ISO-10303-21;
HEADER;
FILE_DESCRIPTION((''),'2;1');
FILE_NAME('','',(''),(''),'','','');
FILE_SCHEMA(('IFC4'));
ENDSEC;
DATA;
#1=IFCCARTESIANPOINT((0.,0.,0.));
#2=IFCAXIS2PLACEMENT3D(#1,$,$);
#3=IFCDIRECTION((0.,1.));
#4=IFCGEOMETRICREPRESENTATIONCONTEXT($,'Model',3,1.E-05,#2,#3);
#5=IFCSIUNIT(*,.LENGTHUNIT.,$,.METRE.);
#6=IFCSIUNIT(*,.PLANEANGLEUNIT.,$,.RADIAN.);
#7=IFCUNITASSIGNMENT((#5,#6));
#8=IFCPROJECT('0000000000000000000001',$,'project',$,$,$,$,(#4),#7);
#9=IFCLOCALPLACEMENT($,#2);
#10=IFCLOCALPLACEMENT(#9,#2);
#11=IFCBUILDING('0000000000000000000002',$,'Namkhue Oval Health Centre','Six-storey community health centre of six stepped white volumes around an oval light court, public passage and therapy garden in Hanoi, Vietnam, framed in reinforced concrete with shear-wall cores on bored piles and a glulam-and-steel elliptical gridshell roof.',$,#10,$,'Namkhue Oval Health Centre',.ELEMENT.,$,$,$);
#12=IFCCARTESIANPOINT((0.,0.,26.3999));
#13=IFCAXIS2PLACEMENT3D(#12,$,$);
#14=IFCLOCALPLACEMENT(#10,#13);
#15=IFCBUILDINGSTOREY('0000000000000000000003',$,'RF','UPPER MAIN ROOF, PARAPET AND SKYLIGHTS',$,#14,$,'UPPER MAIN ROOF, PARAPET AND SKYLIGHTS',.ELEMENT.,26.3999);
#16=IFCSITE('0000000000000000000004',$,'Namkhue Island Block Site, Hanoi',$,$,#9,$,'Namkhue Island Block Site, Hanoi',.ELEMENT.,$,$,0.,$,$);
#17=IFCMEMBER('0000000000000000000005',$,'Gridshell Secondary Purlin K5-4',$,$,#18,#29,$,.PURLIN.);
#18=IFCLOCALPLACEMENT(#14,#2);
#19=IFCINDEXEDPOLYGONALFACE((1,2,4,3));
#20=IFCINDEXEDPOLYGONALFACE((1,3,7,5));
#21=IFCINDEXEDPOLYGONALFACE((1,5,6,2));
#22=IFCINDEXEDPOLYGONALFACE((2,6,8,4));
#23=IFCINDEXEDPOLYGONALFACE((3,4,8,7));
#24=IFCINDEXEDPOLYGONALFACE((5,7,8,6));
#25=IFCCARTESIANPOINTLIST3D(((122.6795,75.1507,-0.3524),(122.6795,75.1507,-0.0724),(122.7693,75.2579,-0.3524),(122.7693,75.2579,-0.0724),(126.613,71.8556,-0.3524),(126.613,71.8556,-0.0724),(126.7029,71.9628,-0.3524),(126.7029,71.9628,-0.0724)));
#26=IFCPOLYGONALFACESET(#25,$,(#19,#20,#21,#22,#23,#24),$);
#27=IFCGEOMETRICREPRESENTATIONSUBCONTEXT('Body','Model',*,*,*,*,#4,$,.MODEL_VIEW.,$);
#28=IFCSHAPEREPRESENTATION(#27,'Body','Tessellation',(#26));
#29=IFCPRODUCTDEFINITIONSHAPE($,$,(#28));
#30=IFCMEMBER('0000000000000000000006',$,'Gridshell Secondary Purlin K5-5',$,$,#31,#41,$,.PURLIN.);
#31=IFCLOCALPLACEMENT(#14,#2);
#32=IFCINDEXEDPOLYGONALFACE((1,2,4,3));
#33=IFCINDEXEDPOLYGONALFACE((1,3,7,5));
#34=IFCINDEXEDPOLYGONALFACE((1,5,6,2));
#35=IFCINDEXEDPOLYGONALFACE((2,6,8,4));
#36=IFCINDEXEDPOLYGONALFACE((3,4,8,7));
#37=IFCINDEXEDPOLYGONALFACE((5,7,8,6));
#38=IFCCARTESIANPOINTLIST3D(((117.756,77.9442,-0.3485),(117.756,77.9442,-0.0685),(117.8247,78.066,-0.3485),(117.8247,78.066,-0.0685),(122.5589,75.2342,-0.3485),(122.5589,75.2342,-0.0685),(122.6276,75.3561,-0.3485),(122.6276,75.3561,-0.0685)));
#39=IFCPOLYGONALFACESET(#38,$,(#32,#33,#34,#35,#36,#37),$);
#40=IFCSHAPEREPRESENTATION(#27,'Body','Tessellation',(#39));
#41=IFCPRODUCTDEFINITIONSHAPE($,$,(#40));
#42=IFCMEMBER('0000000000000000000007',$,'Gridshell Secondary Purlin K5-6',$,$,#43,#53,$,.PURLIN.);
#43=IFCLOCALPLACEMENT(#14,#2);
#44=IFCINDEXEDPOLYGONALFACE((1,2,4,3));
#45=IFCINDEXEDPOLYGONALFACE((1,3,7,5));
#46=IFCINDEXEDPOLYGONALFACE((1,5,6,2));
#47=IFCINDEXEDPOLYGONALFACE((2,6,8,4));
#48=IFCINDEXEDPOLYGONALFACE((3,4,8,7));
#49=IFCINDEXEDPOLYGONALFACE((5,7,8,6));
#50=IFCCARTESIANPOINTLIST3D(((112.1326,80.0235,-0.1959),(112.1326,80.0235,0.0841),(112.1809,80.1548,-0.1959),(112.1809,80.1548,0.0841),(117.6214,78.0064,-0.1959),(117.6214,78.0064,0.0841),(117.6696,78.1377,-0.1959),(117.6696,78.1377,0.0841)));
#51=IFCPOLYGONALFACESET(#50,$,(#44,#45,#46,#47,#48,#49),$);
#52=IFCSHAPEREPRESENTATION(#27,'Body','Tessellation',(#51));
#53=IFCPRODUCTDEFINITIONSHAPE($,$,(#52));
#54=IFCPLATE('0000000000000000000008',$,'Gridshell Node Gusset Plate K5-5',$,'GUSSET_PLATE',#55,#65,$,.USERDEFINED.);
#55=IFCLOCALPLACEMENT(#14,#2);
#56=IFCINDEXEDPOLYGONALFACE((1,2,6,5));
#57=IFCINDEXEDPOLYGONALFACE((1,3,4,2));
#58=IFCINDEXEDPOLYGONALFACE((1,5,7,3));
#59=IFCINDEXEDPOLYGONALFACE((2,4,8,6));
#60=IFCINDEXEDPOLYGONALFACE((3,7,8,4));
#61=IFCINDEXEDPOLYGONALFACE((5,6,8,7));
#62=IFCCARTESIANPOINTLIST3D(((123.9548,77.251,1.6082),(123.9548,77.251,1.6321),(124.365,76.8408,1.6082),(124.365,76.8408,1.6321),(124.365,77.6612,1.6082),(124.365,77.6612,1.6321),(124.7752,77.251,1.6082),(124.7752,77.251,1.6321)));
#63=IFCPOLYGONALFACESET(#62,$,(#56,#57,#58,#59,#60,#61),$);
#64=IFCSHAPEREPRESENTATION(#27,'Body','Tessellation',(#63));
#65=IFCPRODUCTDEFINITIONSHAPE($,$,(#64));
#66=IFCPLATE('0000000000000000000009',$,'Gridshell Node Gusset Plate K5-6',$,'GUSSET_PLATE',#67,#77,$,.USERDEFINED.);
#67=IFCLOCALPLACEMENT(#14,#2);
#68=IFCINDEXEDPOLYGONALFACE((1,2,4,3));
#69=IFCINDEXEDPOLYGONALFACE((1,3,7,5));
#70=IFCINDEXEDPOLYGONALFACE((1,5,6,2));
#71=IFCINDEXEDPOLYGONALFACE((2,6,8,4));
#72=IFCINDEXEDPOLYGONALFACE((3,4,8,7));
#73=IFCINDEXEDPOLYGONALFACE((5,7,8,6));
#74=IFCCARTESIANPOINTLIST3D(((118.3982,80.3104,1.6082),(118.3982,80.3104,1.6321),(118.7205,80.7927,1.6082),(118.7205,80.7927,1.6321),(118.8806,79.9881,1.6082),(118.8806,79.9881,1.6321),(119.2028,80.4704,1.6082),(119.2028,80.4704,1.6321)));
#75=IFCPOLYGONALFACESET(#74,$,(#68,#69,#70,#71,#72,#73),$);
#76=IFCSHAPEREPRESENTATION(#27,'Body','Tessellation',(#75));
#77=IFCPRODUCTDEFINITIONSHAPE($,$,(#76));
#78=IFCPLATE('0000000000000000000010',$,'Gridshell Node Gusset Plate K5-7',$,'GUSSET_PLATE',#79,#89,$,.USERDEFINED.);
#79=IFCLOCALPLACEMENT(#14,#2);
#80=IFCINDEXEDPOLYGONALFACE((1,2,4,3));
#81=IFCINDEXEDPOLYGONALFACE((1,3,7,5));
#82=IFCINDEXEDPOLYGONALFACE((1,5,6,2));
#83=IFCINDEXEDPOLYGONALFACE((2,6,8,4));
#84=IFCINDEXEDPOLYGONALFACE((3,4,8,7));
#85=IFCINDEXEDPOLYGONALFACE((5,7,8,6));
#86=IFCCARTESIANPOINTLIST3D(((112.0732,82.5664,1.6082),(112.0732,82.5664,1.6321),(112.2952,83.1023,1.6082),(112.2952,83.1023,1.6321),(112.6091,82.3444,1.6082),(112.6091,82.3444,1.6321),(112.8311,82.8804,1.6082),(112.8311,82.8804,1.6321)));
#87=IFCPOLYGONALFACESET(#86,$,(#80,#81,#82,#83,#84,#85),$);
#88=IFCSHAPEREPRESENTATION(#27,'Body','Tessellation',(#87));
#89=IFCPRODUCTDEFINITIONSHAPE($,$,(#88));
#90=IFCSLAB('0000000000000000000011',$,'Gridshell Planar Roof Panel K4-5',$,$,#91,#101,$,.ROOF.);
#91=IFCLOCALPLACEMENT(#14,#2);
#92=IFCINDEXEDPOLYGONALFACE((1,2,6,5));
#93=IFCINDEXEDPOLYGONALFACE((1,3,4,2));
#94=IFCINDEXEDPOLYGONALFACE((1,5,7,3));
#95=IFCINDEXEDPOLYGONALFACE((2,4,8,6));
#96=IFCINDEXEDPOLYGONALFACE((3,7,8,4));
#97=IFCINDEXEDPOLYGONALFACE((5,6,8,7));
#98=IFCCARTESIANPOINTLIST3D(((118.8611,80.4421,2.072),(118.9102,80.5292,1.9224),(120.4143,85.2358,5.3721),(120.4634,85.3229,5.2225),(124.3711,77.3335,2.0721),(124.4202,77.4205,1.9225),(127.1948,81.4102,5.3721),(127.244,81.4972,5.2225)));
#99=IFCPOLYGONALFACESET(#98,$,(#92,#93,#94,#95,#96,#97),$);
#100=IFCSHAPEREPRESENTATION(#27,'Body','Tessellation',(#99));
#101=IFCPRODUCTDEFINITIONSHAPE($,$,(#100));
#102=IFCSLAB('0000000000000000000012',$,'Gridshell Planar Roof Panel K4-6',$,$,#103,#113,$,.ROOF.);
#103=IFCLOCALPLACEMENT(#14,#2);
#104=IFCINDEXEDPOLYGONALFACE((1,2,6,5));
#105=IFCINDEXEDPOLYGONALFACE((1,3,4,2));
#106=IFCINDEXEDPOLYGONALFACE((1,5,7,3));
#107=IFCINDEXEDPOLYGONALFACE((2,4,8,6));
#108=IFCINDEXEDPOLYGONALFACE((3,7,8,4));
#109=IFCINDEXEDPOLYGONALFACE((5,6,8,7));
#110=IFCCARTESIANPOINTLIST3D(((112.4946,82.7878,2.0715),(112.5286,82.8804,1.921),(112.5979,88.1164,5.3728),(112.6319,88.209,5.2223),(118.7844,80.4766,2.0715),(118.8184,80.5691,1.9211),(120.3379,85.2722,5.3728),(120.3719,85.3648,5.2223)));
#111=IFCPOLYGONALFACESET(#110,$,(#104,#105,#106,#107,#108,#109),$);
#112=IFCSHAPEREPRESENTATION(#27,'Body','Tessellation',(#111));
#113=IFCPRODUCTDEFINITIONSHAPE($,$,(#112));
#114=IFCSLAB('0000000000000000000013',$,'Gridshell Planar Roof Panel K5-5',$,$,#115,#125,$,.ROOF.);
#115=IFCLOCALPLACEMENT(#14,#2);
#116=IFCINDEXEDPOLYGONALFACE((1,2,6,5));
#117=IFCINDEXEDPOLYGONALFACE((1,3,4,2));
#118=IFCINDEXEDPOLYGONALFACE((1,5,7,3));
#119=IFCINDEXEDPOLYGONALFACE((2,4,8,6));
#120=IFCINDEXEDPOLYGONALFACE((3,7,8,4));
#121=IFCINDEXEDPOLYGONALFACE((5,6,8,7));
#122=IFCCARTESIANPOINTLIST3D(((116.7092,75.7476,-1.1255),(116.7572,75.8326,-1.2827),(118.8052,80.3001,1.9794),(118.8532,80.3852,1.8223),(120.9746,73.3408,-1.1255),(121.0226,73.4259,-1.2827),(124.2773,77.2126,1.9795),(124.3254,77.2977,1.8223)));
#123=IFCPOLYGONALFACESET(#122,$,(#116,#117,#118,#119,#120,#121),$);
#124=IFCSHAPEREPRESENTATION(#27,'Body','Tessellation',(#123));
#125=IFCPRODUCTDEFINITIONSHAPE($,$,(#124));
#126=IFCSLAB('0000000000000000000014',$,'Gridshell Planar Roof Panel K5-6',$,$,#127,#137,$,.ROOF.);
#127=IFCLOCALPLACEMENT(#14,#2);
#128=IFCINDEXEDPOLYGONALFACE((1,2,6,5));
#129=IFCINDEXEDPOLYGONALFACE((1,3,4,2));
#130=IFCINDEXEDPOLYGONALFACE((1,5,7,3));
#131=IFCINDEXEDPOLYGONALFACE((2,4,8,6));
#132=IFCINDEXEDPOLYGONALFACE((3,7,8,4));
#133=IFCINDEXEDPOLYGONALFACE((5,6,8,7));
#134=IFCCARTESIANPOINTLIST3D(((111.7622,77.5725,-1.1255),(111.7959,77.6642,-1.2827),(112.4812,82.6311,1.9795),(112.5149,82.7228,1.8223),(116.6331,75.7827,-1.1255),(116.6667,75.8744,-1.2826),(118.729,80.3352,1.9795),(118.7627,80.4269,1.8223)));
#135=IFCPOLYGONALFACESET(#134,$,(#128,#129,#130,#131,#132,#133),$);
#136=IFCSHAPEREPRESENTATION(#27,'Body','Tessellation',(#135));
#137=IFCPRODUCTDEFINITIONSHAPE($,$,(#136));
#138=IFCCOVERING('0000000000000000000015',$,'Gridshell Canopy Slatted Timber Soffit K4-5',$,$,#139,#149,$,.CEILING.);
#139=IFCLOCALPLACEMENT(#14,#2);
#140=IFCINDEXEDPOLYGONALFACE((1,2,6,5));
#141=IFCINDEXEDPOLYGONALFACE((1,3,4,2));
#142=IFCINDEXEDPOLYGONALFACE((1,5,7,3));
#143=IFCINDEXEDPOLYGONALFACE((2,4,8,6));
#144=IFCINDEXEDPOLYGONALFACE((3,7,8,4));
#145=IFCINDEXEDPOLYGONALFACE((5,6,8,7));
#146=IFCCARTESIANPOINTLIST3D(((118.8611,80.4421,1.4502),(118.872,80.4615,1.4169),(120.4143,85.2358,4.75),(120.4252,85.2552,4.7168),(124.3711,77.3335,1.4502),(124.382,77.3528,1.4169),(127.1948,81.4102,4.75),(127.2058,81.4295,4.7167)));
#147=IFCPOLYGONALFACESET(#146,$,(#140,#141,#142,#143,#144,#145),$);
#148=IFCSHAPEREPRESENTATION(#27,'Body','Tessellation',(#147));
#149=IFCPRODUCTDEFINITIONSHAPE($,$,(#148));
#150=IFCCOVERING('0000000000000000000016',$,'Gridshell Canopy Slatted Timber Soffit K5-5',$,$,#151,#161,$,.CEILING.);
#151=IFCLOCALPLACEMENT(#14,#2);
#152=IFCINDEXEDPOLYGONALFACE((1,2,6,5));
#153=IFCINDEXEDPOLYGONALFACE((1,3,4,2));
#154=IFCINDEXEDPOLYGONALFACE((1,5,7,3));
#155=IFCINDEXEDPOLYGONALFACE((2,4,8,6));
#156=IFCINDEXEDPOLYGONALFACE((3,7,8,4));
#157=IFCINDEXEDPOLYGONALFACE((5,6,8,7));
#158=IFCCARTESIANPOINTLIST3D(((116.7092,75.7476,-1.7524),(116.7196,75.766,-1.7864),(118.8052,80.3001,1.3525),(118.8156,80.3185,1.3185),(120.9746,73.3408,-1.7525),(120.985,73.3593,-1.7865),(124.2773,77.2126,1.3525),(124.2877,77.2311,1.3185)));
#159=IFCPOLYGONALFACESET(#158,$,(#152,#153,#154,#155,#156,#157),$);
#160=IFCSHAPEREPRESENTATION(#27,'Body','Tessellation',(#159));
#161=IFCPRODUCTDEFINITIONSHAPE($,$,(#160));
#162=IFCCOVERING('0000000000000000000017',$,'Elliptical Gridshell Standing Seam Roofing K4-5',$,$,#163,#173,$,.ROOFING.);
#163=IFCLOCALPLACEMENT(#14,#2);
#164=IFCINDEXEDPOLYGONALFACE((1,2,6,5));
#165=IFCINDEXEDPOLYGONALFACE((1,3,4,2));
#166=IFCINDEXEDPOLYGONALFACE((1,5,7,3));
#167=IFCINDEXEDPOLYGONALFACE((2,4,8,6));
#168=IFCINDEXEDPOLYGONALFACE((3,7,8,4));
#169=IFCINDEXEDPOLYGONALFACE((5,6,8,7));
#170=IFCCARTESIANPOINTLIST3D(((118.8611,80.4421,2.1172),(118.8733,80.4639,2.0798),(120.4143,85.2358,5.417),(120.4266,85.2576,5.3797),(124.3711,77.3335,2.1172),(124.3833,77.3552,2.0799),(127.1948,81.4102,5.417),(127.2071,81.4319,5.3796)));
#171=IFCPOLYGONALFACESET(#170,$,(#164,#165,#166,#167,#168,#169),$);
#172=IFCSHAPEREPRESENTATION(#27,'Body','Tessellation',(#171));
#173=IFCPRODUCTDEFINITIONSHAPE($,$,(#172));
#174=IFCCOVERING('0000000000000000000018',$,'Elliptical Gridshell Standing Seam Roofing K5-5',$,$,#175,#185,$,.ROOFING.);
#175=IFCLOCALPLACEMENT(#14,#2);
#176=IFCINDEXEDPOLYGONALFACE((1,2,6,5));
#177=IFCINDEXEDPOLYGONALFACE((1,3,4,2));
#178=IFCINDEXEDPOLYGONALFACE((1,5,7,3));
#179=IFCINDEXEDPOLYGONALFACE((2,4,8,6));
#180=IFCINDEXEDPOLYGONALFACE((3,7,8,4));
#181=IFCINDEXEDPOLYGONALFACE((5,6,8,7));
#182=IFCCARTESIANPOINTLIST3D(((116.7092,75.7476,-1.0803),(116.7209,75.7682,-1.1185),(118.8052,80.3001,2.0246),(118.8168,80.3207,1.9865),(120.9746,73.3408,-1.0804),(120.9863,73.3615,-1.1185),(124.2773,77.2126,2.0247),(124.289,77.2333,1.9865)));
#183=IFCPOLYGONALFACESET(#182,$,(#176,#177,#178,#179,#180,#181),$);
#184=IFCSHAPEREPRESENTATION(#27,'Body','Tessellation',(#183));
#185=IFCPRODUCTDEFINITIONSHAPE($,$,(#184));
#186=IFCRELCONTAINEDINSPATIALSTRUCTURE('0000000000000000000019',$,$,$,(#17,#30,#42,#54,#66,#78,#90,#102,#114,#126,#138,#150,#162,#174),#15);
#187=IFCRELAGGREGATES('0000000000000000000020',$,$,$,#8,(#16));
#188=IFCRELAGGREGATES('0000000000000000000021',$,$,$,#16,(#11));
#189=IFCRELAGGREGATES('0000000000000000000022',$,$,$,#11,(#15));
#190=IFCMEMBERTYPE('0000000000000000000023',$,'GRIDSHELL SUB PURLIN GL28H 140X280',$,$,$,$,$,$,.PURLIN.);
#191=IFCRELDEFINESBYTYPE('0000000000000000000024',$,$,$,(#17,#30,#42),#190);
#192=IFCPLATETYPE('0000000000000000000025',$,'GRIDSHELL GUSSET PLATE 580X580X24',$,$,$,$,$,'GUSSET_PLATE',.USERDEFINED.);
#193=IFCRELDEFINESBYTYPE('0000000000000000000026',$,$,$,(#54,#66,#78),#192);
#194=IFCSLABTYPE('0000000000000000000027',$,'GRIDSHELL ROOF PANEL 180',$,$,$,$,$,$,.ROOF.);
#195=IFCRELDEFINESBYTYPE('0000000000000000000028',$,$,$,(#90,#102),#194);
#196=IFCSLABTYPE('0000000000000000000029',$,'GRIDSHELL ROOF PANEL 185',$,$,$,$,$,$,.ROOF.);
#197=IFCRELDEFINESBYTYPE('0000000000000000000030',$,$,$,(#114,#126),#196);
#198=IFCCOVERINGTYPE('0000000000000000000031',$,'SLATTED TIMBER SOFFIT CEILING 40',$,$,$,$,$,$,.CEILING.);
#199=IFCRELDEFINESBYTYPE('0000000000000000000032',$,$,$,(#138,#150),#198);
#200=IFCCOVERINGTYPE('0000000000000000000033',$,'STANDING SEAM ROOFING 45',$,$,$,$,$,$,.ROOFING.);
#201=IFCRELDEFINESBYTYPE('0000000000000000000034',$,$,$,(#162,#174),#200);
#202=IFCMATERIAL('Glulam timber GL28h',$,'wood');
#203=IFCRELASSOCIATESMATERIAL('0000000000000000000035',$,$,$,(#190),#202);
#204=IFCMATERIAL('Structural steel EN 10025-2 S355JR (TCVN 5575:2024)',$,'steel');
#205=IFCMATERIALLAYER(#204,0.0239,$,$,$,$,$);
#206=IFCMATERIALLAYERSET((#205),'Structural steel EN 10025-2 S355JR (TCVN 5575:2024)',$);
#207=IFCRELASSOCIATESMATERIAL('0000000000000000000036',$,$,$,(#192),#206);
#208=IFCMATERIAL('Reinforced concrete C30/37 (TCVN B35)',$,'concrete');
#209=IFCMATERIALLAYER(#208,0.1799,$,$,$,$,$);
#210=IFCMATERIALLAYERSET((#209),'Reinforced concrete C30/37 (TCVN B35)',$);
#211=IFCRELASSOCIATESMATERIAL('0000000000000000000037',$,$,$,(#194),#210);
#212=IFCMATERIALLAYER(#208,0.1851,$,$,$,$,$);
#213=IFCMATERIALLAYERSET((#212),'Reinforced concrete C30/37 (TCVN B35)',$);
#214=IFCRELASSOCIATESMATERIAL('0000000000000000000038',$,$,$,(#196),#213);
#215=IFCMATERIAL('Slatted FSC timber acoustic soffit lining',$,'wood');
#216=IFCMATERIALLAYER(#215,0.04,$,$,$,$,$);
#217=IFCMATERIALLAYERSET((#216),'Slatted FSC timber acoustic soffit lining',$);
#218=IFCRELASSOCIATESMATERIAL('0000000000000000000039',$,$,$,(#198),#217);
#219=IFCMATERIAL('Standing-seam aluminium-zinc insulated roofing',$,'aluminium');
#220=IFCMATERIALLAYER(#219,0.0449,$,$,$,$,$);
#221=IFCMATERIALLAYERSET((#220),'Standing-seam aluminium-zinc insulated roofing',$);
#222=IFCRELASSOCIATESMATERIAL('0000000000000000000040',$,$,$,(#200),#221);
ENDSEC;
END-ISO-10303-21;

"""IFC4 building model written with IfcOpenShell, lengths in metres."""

from ifc_helpers import new_model, si_unit, direction, frame, origin, origin_2d, place, context, subcontext, project, spatial, polyline, rectangle, outline, extrude, material, layer, layer_set, material_profile, profile_set, type_object, element, save


model = new_model("IFC4")

# Units and contexts
model_context = context("Model", 3, precision=1e-05, world=origin(), true_north=direction((0.0, 1.0)))
body_context = subcontext(model_context, "Body", "Model", "MODEL_VIEW")
ifc_project = project(units=[si_unit("LENGTHUNIT", "METRE"), si_unit("PLANEANGLEUNIT", "RADIAN")], contexts=[model_context])

# Site, building, storey
site_placement = place(None, origin())
site = spatial("IfcSite", under=ifc_project, at=site_placement, Name="Namkhue Island Block Site, Hanoi", LongName="Namkhue Island Block Site, Hanoi", CompositionType="ELEMENT", RefElevation=0.0)
building_placement = place(site_placement, origin())
building = spatial("IfcBuilding", under=site, at=building_placement, Name="Namkhue Oval Health Centre", Description="Six-storey community health centre of six stepped white volumes around an oval light court, public passage and therapy garden in Hanoi, Vietnam, framed in reinforced concrete with shear-wall cores on bored piles and a glulam-and-steel elliptical gridshell roof.", LongName="Namkhue Oval Health Centre", CompositionType="ELEMENT")
storey_placement = place(building_placement, frame((0.0, 0.0, 26.3999)))
storey = spatial("IfcBuildingStorey", under=building, at=storey_placement, Name="RF", Description="UPPER MAIN ROOF, PARAPET AND SKYLIGHTS", LongName="UPPER MAIN ROOF, PARAPET AND SKYLIGHTS", CompositionType="ELEMENT", Elevation=26.3999)

# Members
ifc_material_1 = material(Name="Structural steel EN 10025-2 S355JR (TCVN 5575:2024)", Category="steel")
ifc_material_2 = material(Name="Glulam timber GL28h", Category="wood")
ifc_material_profile_1 = material_profile(ifc_material_2, rectangle(XDim=0.1399, YDim=0.28, at=origin_2d()), Name="GL28h 140x280")
ifc_profile_set_1 = profile_set([ifc_material_profile_1], Name="Glulam timber GL28h")
member_type_1 = type_object("IfcMemberType", Name="GRIDSHELL SUB PURLIN GL28H 140X280", PredefinedType="PURLIN", material=ifc_profile_set_1)
member_1_placement = place(storey_placement, frame((126.658, 71.9092, -0.2124), z_axis=(-0.766573, 0.642157, 0.0), x_axis=(-0.642157, -0.766573, 0.0)))
element("IfcMember", 1, at=member_1_placement, inside=storey, type_object=member_type_1, Name="Gridshell Secondary Purlin K5-4", PredefinedType="PURLIN", context=body_context, shape_type="SweptSolid", body=[
    extrude(rectangle(XDim=0.1399, YDim=0.28, at=origin_2d()), origin(), (0.0, 0.0, 1.0), 5.1313),
])
member_2_placement = place(storey_placement, frame((122.5933, 75.2952, -0.2085), z_axis=(-0.870933, 0.491402, 0.0), x_axis=(-0.491402, -0.870933, 0.0)))
element("IfcMember", 2, at=member_2_placement, inside=storey, type_object=member_type_1, Name="Gridshell Secondary Purlin K5-5", PredefinedType="PURLIN", context=body_context, shape_type="SweptSolid", body=[
    extrude(rectangle(XDim=0.1399, YDim=0.28, at=origin_2d()), origin(), (0.0, 0.0, 1.0), 5.5146),
])
member_3_placement = place(storey_placement, frame((117.6455, 78.072, -0.0559), z_axis=(-0.938625, 0.344939, 0.0), x_axis=(-0.344939, -0.938625, 0.0)))
element("IfcMember", 3, at=member_3_placement, inside=storey, type_object=member_type_1, Name="Gridshell Secondary Purlin K5-6", PredefinedType="PURLIN", context=body_context, shape_type="SweptSolid", body=[
    extrude(rectangle(XDim=0.1399, YDim=0.28, at=origin_2d()), origin(), (0.0, 0.0, 1.0), 5.8477),
])

# Plates
ifc_layer_1 = layer(ifc_material_1, 0.0239)
ifc_layer_set_1 = layer_set([ifc_layer_1], Name="Structural steel EN 10025-2 S355JR (TCVN 5575:2024)")
plate_type = type_object("IfcPlateType", Name="GRIDSHELL GUSSET PLATE 580X580X24", ElementType="GUSSET_PLATE", PredefinedType="USERDEFINED", material=ifc_layer_set_1)
for number, where, z_axis, x_axis, name in (
    (4, (124.365, 77.251, 1.6082), (0.0, 0.0, 1.0), (0.707107, 0.707107, 0.0), "Gridshell Node Gusset Plate K5-5"),
    (5, (118.8005, 80.3904, 1.6082), (0.0, 0.0, 1.0), (0.55557, 0.83147, 0.0), "Gridshell Node Gusset Plate K5-6"),
    (6, (112.4521, 82.7234, 1.6082), (0.0, 0.0, 1.0), (0.382683, 0.92388, 0.0), "Gridshell Node Gusset Plate K5-7"),
):
    element("IfcPlate", number, at=place(storey_placement, frame(where, z_axis=z_axis, x_axis=x_axis)), inside=storey, type_object=plate_type, Name=name, ObjectType="GUSSET_PLATE", PredefinedType="USERDEFINED", context=body_context, shape_type="SweptSolid", body=[
        extrude(rectangle(XDim=0.5801, YDim=0.5801, at=origin_2d()), origin(), (0.0, 0.0, 1.0), 0.0239),
    ])

# Slabs
ifc_material_3 = material(Name="Reinforced concrete C30/37 (TCVN B35)", Category="concrete")
ifc_layer_2 = layer(ifc_material_3, 0.1799)
ifc_layer_set_2 = layer_set([ifc_layer_2], Name="Reinforced concrete C30/37 (TCVN B35)")
slab_type_1 = type_object("IfcSlabType", Name="GRIDSHELL ROOF PANEL 180", PredefinedType="ROOF", material=ifc_layer_set_2)
slab_1_placement = place(storey_placement, frame((127.1948, 81.4102, 5.3721), z_axis=(-0.273026, -0.483917, 0.831433), x_axis=(-0.870938, 0.491394, 0.000006)))
element("IfcSlab", 7, at=slab_1_placement, inside=storey, type_object=slab_type_1, Name="Gridshell Planar Roof Panel K4-5", PredefinedType="ROOF", context=body_context, shape_type="SweptSolid", body=[
    extrude(outline(polyline([(0.0, 0.0), (7.7853, 0.0), (6.7825, 5.9394), (0.456, 5.9393), (0.0, 0.0)])), origin(), (0.0, 0.0, -1.0), 0.1799),
])
slab_2_placement = place(storey_placement, frame((120.3379, 85.2722, 5.3728), z_axis=(-0.189066, -0.514508, 0.836383), x_axis=(-0.938632, 0.344921, 0.000001)))
element("IfcSlab", 8, at=slab_2_placement, inside=storey, type_object=slab_type_1, Name="Gridshell Planar Roof Panel K4-6", PredefinedType="ROOF", context=body_context, shape_type="SweptSolid", body=[
    extrude(outline(polyline([(0.0, 0.0), (8.246, 0.0), (6.505, 6.0226), (-0.196, 6.0226), (0.0, 0.0)])), origin(), (0.0, 0.0, -1.0), 0.1799),
])
ifc_layer_3 = layer(ifc_material_3, 0.1851)
ifc_layer_set_3 = layer_set([ifc_layer_3], Name="Reinforced concrete C30/37 (TCVN B35)")
slab_type_2 = type_object("IfcSlabType", Name="GRIDSHELL ROOF PANEL 185", PredefinedType="ROOF", material=ifc_layer_set_3)
slab_3_placement = place(storey_placement, frame((124.2773, 77.2126, 1.9795), z_axis=(-0.259427, -0.459796, 0.849285), x_axis=(-0.87094, 0.49139, -0.000007)))
element("IfcSlab", 9, at=slab_3_placement, inside=storey, type_object=slab_type_2, Name="Gridshell Planar Roof Panel K5-5", PredefinedType="ROOF", context=body_context, shape_type="SweptSolid", body=[
    extrude(outline(polyline([(0.0, 0.0), (6.283, 0.0), (5.8715, 5.8813), (0.9739, 5.8815), (0.0, 0.0)])), origin(), (0.0, 0.0, -1.0), 0.1851),
])
slab_4_placement = place(storey_placement, frame((118.729, 80.3352, 1.9795), z_axis=(-0.182062, -0.495456, 0.849339), x_axis=(-0.938632, 0.344919, 0.000004)))
element("IfcSlab", 10, at=slab_4_placement, inside=storey, type_object=slab_type_2, Name="Gridshell Planar Roof Panel K5-6", PredefinedType="ROOF", context=body_context, shape_type="SweptSolid", body=[
    extrude(outline(polyline([(0.0, 0.0), (6.6563, 0.0), (5.5863, 5.8824), (0.3971, 5.8823), (0.0, 0.0)])), origin(), (0.0, 0.0, -1.0), 0.1851),
])

# Coverings
ifc_material_4 = material(Name="Slatted FSC timber acoustic soffit lining", Category="wood")
ifc_layer_4 = layer(ifc_material_4, 0.04)
ifc_layer_set_4 = layer_set([ifc_layer_4], Name="Slatted FSC timber acoustic soffit lining")
covering_type_1 = type_object("IfcCoveringType", Name="SLATTED TIMBER SOFFIT CEILING 40", PredefinedType="CEILING", material=ifc_layer_set_4)
covering_1_placement = place(storey_placement, frame((127.1948, 81.4102, 4.75), z_axis=(-0.273012, -0.483892, 0.831452), x_axis=(-0.870938, 0.491394, 0.000006)))
element("IfcCovering", 11, at=covering_1_placement, inside=storey, type_object=covering_type_1, Name="Gridshell Canopy Slatted Timber Soffit K4-5", PredefinedType="CEILING", context=body_context, shape_type="SweptSolid", body=[
    extrude(outline(polyline([(0.0, 0.0), (7.7853, 0.0), (6.7825, 5.9393), (0.456, 5.9391), (0.0, 0.0)])), origin(), (0.0, 0.0, -1.0), 0.04),
])
covering_2_placement = place(storey_placement, frame((124.2773, 77.2126, 1.3525), z_axis=(-0.259427, -0.459796, 0.849285), x_axis=(-0.87094, 0.49139, -0.000007)))
element("IfcCovering", 12, at=covering_2_placement, inside=storey, type_object=covering_type_1, Name="Gridshell Canopy Slatted Timber Soffit K5-5", PredefinedType="CEILING", context=body_context, shape_type="SweptSolid", body=[
    extrude(outline(polyline([(0.0, 0.0), (6.283, 0.0), (5.8715, 5.8813), (0.9739, 5.8815), (0.0, 0.0)])), origin(), (0.0, 0.0, -1.0), 0.04),
])
ifc_material_5 = material(Name="Standing-seam aluminium-zinc insulated roofing", Category="aluminium")
ifc_layer_5 = layer(ifc_material_5, 0.0449)
ifc_layer_set_5 = layer_set([ifc_layer_5], Name="Standing-seam aluminium-zinc insulated roofing")
covering_type_2 = type_object("IfcCoveringType", Name="STANDING SEAM ROOFING 45", PredefinedType="ROOFING", material=ifc_layer_set_5)
covering_3_placement = place(storey_placement, frame((127.1948, 81.4102, 5.417), z_axis=(-0.273012, -0.483892, 0.831452), x_axis=(-0.870938, 0.491394, 0.000006)))
element("IfcCovering", 13, at=covering_3_placement, inside=storey, type_object=covering_type_2, Name="Elliptical Gridshell Standing Seam Roofing K4-5", PredefinedType="ROOFING", context=body_context, shape_type="SweptSolid", body=[
    extrude(outline(polyline([(0.0, 0.0), (7.7853, 0.0), (6.7825, 5.9393), (0.456, 5.9391), (0.0, 0.0)])), origin(), (0.0, 0.0, -1.0), 0.0449),
])
covering_4_placement = place(storey_placement, frame((124.2773, 77.2126, 2.0247), z_axis=(-0.259427, -0.459796, 0.849285), x_axis=(-0.87094, 0.49139, -0.000007)))
element("IfcCovering", 14, at=covering_4_placement, inside=storey, type_object=covering_type_2, Name="Elliptical Gridshell Standing Seam Roofing K5-5", PredefinedType="ROOFING", context=body_context, shape_type="SweptSolid", body=[
    extrude(outline(polyline([(0.0, 0.0), (6.283, 0.0), (5.8715, 5.8813), (0.9739, 5.8815), (0.0, 0.0)])), origin(), (0.0, 0.0, -1.0), 0.0449),
])

save(model, "model.ifc")
